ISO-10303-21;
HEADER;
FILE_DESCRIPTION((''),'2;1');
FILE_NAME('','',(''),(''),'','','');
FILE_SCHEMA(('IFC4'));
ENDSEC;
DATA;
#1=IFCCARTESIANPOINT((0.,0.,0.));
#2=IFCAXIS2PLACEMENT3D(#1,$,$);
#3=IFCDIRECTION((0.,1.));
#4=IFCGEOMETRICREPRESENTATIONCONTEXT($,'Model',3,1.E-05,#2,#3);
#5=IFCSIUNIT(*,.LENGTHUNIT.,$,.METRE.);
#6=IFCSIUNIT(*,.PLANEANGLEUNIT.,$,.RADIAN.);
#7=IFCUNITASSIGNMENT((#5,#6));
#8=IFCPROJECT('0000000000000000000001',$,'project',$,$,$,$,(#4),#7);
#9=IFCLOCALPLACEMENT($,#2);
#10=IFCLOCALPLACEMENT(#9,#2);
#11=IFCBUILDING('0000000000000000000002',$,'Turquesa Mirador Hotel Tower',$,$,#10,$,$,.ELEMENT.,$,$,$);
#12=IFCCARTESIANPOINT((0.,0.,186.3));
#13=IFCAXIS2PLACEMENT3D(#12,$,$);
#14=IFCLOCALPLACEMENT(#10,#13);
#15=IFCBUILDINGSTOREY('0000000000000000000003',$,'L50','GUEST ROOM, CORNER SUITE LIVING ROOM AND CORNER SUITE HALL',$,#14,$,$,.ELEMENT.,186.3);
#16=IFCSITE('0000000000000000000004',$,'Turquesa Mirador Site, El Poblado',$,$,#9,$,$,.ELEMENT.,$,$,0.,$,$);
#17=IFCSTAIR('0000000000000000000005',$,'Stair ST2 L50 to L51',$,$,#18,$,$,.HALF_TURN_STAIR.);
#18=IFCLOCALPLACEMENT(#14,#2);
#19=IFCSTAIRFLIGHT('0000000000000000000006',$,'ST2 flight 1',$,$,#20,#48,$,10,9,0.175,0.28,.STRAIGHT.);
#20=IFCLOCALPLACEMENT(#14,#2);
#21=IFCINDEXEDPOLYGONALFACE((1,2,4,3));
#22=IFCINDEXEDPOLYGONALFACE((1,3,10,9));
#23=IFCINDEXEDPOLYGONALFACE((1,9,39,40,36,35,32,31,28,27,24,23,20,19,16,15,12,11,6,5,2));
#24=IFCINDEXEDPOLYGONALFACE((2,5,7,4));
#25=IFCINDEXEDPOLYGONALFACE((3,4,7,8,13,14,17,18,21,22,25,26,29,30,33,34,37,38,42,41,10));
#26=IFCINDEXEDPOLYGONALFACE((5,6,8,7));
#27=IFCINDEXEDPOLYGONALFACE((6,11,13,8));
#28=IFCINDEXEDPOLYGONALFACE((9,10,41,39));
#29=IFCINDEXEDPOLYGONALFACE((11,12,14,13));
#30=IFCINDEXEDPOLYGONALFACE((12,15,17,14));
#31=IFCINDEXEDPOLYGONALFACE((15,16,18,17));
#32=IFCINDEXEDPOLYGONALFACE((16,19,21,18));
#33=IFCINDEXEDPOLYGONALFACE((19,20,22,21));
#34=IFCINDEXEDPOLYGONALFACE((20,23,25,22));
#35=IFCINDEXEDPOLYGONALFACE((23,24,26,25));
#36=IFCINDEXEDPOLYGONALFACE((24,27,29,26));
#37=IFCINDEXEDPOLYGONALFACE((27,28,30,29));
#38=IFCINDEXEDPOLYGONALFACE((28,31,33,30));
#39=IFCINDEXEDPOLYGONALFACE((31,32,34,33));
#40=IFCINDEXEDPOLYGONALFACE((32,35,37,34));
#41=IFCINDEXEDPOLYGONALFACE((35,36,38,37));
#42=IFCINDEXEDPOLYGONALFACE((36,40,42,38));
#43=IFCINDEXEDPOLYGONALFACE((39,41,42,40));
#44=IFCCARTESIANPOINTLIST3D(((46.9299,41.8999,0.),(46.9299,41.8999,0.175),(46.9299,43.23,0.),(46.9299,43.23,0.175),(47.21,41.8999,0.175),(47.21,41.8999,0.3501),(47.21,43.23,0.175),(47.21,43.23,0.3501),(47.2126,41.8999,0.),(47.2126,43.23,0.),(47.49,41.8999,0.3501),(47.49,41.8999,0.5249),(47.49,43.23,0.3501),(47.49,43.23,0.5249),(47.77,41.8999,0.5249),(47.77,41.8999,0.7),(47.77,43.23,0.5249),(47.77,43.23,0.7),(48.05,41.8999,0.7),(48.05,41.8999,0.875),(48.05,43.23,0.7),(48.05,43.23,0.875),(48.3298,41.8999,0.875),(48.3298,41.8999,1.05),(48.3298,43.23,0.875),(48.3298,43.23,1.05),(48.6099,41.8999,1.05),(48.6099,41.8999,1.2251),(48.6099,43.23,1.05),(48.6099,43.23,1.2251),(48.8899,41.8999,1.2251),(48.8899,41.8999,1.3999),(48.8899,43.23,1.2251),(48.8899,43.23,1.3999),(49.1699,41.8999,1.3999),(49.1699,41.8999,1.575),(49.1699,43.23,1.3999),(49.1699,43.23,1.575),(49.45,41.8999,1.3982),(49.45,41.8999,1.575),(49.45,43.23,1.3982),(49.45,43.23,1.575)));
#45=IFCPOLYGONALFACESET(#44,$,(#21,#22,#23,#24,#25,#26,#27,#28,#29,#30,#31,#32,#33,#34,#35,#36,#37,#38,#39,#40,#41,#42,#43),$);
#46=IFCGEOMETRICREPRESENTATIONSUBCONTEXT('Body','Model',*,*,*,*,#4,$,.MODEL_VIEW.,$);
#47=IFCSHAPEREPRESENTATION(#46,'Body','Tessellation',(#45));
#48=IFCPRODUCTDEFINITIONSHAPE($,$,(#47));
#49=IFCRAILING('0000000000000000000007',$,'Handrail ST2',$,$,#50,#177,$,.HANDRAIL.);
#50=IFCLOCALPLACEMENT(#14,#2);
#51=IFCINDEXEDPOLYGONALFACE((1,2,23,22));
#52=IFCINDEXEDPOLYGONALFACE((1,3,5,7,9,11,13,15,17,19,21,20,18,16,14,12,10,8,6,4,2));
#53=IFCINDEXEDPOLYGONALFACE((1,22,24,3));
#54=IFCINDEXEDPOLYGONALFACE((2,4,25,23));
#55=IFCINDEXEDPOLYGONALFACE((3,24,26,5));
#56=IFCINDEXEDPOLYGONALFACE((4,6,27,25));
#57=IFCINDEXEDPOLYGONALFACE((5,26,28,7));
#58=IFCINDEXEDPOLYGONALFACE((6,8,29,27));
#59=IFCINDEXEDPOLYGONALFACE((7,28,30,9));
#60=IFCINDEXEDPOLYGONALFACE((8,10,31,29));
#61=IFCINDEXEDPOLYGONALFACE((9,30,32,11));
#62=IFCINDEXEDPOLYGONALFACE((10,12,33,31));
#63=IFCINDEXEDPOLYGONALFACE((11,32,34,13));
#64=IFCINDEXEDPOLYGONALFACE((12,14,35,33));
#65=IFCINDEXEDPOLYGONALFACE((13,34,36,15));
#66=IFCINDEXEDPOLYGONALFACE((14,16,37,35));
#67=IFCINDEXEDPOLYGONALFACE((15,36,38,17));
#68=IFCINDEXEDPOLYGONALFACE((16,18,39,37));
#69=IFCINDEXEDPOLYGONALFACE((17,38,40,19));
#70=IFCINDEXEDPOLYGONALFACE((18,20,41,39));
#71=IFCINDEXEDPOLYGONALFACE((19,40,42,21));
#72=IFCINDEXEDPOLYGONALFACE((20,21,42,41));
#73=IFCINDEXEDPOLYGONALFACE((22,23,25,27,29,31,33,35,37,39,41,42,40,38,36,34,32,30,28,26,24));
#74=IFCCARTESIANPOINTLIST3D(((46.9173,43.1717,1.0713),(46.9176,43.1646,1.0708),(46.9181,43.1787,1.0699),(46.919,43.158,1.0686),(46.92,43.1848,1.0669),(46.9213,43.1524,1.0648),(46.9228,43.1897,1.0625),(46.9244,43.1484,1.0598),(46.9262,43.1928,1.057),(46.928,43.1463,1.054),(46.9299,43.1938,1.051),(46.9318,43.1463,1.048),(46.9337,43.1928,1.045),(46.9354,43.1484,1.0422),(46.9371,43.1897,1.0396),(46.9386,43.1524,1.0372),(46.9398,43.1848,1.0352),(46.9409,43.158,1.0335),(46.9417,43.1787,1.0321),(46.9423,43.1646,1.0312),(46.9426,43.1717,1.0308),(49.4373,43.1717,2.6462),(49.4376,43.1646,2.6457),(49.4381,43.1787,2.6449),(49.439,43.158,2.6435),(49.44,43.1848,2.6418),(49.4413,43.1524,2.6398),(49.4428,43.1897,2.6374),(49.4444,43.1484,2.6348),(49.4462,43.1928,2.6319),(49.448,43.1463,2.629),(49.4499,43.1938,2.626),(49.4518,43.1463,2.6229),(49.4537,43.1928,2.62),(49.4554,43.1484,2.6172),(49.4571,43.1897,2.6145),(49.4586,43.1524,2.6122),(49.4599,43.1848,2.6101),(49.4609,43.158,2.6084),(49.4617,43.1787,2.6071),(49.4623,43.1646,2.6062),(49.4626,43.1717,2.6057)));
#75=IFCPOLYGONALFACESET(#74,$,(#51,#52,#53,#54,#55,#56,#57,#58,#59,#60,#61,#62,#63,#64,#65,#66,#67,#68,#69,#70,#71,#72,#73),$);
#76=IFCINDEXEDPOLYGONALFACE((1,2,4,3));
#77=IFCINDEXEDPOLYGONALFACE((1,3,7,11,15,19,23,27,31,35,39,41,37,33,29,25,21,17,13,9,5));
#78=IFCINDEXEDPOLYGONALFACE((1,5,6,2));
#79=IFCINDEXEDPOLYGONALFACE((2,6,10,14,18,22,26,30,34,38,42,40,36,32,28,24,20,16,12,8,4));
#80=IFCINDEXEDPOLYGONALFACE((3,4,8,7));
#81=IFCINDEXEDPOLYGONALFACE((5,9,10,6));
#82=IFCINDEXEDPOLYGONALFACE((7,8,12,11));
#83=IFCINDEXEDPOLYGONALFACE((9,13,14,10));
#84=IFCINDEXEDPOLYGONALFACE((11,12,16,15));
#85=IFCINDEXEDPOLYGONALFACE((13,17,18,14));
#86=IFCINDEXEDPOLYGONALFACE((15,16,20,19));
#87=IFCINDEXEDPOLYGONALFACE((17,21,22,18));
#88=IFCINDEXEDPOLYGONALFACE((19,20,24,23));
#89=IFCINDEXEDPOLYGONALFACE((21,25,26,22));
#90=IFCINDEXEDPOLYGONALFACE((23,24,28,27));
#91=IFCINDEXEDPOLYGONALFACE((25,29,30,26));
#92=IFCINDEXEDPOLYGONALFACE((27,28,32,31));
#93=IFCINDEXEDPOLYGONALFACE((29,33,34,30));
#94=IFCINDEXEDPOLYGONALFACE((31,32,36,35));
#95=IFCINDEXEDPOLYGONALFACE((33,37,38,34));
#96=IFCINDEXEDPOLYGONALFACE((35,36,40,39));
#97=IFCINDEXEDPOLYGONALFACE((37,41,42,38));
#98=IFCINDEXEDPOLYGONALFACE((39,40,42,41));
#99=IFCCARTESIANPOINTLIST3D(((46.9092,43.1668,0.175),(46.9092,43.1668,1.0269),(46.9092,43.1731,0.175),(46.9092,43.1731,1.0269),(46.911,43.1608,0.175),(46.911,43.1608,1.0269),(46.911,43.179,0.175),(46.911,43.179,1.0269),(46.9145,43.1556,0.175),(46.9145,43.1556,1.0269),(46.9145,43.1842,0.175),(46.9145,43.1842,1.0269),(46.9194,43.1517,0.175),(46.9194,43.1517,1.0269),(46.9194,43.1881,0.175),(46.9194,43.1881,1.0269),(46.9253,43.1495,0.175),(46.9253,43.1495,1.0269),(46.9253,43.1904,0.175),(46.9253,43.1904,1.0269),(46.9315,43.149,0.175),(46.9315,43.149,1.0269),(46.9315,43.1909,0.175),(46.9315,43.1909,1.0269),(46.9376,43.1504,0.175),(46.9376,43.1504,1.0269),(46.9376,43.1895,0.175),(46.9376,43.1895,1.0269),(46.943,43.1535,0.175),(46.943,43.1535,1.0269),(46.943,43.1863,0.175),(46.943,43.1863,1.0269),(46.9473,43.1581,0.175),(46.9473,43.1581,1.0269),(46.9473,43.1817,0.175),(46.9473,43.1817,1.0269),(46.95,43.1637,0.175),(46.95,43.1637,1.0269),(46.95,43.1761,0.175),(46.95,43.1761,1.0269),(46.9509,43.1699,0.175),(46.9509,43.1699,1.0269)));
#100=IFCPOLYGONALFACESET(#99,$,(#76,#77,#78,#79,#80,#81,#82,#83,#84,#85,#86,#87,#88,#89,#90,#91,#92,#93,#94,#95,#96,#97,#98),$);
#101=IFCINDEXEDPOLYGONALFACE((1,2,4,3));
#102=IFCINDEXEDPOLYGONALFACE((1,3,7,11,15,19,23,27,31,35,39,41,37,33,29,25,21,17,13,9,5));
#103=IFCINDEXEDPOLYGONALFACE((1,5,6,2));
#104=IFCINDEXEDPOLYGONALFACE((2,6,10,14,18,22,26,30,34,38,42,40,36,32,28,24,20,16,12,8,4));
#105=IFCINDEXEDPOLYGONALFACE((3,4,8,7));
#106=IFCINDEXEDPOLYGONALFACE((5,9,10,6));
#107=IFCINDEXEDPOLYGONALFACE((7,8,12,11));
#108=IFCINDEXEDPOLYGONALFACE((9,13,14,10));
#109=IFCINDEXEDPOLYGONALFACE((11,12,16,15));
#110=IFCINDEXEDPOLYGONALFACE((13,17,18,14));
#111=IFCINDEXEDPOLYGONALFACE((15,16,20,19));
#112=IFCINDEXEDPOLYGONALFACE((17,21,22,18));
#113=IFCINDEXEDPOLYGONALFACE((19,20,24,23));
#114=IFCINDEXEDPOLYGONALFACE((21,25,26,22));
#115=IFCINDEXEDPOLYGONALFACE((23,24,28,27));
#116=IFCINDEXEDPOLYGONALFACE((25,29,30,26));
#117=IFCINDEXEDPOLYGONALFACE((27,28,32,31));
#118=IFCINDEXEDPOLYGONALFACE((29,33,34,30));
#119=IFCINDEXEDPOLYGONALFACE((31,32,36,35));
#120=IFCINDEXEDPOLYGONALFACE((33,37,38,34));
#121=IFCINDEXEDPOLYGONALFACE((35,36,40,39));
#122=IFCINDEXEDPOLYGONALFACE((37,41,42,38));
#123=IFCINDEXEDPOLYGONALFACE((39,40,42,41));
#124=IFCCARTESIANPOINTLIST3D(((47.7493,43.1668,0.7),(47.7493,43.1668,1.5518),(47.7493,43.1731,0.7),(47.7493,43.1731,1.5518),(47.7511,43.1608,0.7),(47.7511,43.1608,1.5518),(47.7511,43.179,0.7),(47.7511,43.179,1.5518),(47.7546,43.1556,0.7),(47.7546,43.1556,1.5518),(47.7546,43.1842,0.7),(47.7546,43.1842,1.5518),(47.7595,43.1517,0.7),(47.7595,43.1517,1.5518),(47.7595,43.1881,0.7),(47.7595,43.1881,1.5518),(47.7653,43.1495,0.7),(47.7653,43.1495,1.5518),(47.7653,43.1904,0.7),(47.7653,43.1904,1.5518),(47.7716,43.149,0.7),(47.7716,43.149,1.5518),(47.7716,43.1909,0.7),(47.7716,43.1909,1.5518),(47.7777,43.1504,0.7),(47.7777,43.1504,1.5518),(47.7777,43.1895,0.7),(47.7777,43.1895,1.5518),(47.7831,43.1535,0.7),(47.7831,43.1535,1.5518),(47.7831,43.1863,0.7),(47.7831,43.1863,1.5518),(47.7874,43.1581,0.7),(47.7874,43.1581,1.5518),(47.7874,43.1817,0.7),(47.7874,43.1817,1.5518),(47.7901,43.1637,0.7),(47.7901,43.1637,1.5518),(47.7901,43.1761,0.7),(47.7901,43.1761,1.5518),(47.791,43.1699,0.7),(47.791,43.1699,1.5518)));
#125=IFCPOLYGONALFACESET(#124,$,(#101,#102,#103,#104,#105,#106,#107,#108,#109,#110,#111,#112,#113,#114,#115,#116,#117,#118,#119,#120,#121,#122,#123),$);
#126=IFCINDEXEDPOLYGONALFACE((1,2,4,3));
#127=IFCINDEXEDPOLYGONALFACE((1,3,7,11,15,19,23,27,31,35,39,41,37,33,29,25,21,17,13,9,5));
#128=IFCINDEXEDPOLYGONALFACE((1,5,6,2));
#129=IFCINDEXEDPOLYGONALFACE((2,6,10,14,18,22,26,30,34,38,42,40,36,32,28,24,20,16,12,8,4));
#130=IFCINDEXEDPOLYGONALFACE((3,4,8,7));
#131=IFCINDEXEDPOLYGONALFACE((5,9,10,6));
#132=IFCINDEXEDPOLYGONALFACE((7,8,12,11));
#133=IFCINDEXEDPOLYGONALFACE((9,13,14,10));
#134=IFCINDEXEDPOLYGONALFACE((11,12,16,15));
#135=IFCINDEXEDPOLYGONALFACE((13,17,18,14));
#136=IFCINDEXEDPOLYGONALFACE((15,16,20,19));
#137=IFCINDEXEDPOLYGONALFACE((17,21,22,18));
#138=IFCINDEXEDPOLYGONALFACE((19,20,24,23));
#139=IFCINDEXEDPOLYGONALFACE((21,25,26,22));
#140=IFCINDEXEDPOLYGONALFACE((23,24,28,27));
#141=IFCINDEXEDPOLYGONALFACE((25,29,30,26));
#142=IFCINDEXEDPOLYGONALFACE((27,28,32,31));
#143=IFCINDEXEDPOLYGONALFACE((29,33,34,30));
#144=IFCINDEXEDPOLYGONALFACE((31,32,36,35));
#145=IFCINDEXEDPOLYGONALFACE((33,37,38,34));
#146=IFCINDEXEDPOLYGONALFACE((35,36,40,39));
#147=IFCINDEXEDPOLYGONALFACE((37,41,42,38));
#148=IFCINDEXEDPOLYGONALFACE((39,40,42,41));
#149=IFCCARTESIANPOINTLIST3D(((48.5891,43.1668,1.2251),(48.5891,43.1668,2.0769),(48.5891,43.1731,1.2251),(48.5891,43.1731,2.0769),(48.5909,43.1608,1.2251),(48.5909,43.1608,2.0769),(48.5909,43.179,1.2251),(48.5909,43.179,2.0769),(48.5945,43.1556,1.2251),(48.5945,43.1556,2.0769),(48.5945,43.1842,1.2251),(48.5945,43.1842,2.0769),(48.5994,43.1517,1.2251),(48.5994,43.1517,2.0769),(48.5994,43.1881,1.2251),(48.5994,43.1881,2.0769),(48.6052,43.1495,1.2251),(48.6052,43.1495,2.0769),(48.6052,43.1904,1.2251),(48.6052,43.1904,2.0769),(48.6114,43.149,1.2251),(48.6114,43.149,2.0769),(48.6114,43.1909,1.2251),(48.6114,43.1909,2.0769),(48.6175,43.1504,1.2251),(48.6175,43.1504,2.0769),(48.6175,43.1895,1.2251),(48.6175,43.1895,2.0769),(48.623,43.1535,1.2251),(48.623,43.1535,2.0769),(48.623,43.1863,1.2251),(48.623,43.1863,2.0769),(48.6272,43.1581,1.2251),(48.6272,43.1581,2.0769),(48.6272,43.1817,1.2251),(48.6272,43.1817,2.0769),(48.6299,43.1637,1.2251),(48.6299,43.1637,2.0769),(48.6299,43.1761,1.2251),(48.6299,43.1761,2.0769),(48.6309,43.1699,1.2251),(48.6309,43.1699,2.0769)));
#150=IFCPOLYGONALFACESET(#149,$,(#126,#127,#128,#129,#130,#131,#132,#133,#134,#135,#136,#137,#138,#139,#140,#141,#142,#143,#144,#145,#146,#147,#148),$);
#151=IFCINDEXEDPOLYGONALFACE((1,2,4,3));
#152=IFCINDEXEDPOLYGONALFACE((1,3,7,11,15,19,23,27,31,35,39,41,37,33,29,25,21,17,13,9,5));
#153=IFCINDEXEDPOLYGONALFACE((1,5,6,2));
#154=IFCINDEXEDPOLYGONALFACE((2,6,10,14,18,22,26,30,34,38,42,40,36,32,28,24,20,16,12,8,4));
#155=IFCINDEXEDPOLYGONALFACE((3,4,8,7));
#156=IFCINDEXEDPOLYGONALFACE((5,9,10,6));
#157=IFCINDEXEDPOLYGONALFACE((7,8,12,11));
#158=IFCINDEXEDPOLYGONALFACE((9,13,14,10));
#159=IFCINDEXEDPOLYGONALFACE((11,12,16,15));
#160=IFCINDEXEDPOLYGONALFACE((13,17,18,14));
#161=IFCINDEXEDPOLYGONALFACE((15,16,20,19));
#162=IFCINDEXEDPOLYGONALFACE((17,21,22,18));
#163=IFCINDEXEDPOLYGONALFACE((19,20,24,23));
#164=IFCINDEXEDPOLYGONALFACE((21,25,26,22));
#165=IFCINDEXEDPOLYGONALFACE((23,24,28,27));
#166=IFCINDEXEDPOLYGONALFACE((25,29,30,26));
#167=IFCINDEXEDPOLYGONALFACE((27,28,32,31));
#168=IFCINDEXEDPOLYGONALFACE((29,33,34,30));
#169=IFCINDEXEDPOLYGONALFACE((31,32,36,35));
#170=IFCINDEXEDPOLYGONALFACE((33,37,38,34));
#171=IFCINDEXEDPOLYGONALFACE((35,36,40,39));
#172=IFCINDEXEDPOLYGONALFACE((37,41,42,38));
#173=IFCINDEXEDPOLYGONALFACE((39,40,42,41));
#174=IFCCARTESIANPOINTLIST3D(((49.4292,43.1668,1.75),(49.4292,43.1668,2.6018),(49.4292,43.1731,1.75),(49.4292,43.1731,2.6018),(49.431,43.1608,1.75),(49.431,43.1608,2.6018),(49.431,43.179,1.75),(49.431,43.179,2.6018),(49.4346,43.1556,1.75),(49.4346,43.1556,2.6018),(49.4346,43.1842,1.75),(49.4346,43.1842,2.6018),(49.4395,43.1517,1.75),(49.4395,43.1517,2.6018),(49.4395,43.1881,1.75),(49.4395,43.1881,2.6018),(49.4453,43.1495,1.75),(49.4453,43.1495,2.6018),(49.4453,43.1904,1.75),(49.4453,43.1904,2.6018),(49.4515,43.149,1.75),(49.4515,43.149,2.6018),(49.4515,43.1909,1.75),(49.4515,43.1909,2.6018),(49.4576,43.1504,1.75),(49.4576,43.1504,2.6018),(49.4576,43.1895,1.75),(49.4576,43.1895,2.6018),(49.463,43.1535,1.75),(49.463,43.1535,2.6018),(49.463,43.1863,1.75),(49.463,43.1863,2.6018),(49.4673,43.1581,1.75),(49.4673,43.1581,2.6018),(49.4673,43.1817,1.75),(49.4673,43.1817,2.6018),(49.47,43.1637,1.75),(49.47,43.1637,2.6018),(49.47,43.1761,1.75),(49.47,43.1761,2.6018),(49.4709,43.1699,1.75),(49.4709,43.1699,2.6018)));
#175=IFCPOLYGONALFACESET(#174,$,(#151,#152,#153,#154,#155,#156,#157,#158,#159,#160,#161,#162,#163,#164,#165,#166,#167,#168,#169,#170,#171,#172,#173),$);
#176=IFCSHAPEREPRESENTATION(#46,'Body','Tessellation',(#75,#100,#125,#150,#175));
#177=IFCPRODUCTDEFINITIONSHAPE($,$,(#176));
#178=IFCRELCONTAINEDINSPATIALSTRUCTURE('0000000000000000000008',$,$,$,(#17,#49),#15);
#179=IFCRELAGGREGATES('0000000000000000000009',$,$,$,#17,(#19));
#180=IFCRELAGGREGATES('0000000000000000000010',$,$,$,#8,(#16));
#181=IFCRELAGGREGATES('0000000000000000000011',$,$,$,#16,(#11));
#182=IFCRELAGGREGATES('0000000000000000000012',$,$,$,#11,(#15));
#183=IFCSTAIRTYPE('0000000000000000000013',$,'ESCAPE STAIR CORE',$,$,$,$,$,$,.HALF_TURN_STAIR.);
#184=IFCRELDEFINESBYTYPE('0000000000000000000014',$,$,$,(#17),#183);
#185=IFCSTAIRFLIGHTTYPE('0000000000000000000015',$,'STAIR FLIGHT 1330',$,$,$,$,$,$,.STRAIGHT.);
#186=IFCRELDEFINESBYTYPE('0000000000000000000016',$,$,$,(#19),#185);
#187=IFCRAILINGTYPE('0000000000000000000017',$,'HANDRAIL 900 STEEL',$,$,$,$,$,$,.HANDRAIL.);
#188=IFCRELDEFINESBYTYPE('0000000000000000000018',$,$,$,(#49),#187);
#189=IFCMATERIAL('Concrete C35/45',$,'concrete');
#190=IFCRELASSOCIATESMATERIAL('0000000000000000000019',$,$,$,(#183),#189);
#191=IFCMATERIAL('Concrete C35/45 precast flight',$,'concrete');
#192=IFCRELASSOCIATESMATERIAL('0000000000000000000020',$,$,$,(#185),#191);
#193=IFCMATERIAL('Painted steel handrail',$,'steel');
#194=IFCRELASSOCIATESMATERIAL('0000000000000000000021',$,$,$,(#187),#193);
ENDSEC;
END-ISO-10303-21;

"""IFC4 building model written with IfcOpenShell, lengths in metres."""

from ifc_helpers import new_model, si_unit, direction, frame, origin, origin_2d, place, context, subcontext, project, spatial, polyline, circle, outline, extrude, material, type_object, element, aggregate, save


model = new_model("IFC4")

# Units and contexts
model_context = context("Model", 3, precision=1e-05, world=origin(), true_north=direction((0.0, 1.0)))
body_context = subcontext(model_context, "Body", "Model", "MODEL_VIEW")
ifc_project = project(units=[si_unit("LENGTHUNIT", "METRE"), si_unit("PLANEANGLEUNIT", "RADIAN")], contexts=[model_context])

# Site, building, storey
site_placement = place(None, origin())
site = spatial("IfcSite", under=ifc_project, at=site_placement, Name="Turquesa Mirador Site, El Poblado", CompositionType="ELEMENT", RefElevation=0.0)
building_placement = place(site_placement, origin())
building = spatial("IfcBuilding", under=site, at=building_placement, Name="Turquesa Mirador Hotel Tower", CompositionType="ELEMENT")
storey_placement = place(building_placement, frame((0.0, 0.0, 186.3)))
storey = spatial("IfcBuildingStorey", under=building, at=storey_placement, Name="L50", Description="GUEST ROOM, CORNER SUITE LIVING ROOM AND CORNER SUITE HALL", CompositionType="ELEMENT", Elevation=186.3)

# Stair, stair flight
ifc_material_1 = material(Name="Concrete C35/45", Category="concrete")
stair_type = type_object("IfcStairType", Name="ESCAPE STAIR CORE", PredefinedType="HALF_TURN_STAIR", material=ifc_material_1)
stair_placement = place(storey_placement, origin())
stair = element("IfcStair", 1, at=stair_placement, inside=storey, type_object=stair_type, Name="Stair ST2 L50 to L51", PredefinedType="HALF_TURN_STAIR")
ifc_material_2 = material(Name="Concrete C35/45 precast flight", Category="concrete")
stair_flight_type = type_object("IfcStairFlightType", Name="STAIR FLIGHT 1330", PredefinedType="STRAIGHT", material=ifc_material_2)
stair_flight_placement = place(storey_placement, frame((46.9299, 42.5649, 0.0), z_axis=(0.0, 0.0, 1.0), x_axis=(1.0, 0.0, 0.0)))
stair_flight = element("IfcStairFlight", 2, at=stair_flight_placement, type_object=stair_flight_type, Name="ST2 flight 1", NumberOfRisers=10, NumberOfTreads=9, PredefinedType="STRAIGHT", RiserHeight=0.175, TreadLength=0.28, context=body_context, shape_type="SweptSolid", body=[
    extrude(outline(polyline([(0.0, 0.0), (0.0, 0.175), (0.28, 0.175), (0.28, 0.3501), (0.5601, 0.3501), (0.5601, 0.5249), (0.8401, 0.5249), (0.8401, 0.7), (1.1201, 0.7), (1.1201, 0.875), (1.3999, 0.875), (1.3999, 1.05), (1.6799, 1.05), (1.6799, 1.2251), (1.96, 1.2251), (1.96, 1.3999), (2.24, 1.3999), (2.24, 1.575), (2.52, 1.575), (2.52, 1.75), (2.52, 1.3982), (0.2827, 0.0), (0.0, 0.0)])), frame((0.0, 0.665, 0.0), z_axis=(0.0, -1.0, 0.0), x_axis=(1.0, 0.0, 0.0)), (0.0, 0.0, 1.0), 1.3301),
])
aggregate(stair, [stair_flight])

# Railing
ifc_material_3 = material(Name="Painted steel handrail", Category="steel")
railing_type = type_object("IfcRailingType", Name="HANDRAIL 900 STEEL", PredefinedType="HANDRAIL", material=ifc_material_3)
railing_placement = place(storey_placement, frame((46.9299, 43.1699, 0.175)))
element("IfcRailing", 3, at=railing_placement, inside=storey, type_object=railing_type, Name="Handrail ST2", PredefinedType="HANDRAIL", context=body_context, shape_type="SweptSolid", body=[
    extrude(circle(Radius=0.0239, at=origin_2d()), frame((0.0, 0.0, 0.876), z_axis=(0.848008, 0.0, 0.529984), x_axis=(0.0, 1.0, 0.0)), (0.0, 0.0, 1.0), 2.9717),
    extrude(circle(Radius=0.021, at=origin_2d()), origin(), (0.0, 0.0, 1.0), 0.8518),
    extrude(circle(Radius=0.021, at=origin_2d()), frame((0.8401, 0.0, 0.5249)), (0.0, 0.0, 1.0), 0.8518),
    extrude(circle(Radius=0.021, at=origin_2d()), frame((1.6799, 0.0, 1.05)), (0.0, 0.0, 1.0), 0.8518),
    extrude(circle(Radius=0.021, at=origin_2d()), frame((2.52, 0.0, 1.575)), (0.0, 0.0, 1.0), 0.8518),
])

save(model, "model.ifc")
